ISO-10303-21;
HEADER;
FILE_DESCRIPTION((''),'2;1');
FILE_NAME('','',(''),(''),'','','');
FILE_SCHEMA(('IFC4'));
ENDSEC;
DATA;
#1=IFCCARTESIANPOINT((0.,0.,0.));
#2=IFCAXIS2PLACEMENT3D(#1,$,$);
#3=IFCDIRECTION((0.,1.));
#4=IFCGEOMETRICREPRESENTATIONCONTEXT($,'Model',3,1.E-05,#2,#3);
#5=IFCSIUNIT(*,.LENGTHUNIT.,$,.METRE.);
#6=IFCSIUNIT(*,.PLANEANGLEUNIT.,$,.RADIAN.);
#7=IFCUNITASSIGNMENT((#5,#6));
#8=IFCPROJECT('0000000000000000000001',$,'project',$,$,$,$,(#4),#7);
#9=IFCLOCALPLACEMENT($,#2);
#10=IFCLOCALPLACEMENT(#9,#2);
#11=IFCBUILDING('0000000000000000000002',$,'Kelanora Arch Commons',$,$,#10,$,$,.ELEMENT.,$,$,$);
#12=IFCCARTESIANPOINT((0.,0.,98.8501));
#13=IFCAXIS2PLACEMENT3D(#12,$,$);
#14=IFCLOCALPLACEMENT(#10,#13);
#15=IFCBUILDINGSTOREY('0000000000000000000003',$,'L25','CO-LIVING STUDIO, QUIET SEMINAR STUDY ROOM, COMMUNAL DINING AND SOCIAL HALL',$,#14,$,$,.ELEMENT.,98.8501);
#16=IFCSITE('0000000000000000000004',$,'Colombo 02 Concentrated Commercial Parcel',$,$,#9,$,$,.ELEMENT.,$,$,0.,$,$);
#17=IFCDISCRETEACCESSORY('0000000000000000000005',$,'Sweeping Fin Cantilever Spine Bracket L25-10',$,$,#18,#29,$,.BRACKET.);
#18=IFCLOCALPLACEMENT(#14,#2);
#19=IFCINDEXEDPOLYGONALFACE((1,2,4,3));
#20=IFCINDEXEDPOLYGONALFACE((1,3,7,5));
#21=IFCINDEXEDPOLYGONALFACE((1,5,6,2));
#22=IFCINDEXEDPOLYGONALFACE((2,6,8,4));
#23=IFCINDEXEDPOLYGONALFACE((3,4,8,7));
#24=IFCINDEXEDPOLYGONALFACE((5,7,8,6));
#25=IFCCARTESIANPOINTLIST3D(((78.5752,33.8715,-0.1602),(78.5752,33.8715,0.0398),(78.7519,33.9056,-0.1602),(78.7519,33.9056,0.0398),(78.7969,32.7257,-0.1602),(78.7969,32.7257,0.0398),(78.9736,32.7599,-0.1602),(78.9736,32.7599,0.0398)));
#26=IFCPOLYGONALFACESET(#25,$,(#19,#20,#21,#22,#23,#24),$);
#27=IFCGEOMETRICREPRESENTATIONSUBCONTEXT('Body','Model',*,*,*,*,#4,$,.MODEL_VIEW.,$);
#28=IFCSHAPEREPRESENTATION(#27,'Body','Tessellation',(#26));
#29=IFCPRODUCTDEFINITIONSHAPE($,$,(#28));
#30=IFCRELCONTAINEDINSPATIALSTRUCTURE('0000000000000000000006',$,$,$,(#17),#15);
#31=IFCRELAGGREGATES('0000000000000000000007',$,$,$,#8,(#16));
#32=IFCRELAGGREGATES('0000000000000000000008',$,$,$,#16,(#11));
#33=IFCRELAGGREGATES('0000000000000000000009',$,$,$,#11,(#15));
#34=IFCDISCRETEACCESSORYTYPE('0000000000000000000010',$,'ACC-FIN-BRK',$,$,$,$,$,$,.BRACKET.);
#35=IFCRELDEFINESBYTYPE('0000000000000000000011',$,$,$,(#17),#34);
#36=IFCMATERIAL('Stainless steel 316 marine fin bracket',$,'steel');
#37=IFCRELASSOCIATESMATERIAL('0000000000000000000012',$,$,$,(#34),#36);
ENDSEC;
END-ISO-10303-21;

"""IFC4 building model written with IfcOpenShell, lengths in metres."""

from ifc_helpers import new_model, si_unit, direction, frame, origin, origin_2d, place, context, subcontext, project, spatial, rectangle, extrude, source, transform, mapped, material, type_object, element, save


model = new_model("IFC4")

# Units and contexts
model_context = context("Model", 3, precision=1e-05, world=origin(), true_north=direction((0.0, 1.0)))
body_context = subcontext(model_context, "Body", "Model", "MODEL_VIEW")
ifc_project = project(units=[si_unit("LENGTHUNIT", "METRE"), si_unit("PLANEANGLEUNIT", "RADIAN")], contexts=[model_context])

# Site, building, storey
site_placement = place(None, origin())
site = spatial("IfcSite", under=ifc_project, at=site_placement, Name="Colombo 02 Concentrated Commercial Parcel", CompositionType="ELEMENT", RefElevation=0.0)
building_placement = place(site_placement, origin())
building = spatial("IfcBuilding", under=site, at=building_placement, Name="Kelanora Arch Commons", CompositionType="ELEMENT")
storey_placement = place(building_placement, frame((0.0, 0.0, 98.8501)))
storey = spatial("IfcBuildingStorey", under=building, at=storey_placement, Name="L25", Description="CO-LIVING STUDIO, QUIET SEMINAR STUDY ROOM, COMMUNAL DINING AND SOCIAL HALL", CompositionType="ELEMENT", Elevation=98.8501)

# Discrete accessory
ifc_material_1 = material(Name="Stainless steel 316 marine fin bracket", Category="steel")
discrete_accessory_type = type_object("IfcDiscreteAccessoryType", Name="ACC-FIN-BRK", PredefinedType="BRACKET", material=ifc_material_1)
shared_shape_1 = source(origin(), body_context, "Body", "SweptSolid", [
    extrude(rectangle(XDim=1.167, YDim=0.1799, at=origin_2d()), origin(), (0.0, 0.0, 1.0), 0.2),
])
discrete_accessory_placement = place(storey_placement, frame((78.7744, 33.3157, -0.1602), z_axis=(0.0, 0.0, 1.0), x_axis=(0.189952, -0.981793, 0.0)))
element("IfcDiscreteAccessory", 1, at=discrete_accessory_placement, inside=storey, type_object=discrete_accessory_type, Name="Sweeping Fin Cantilever Spine Bracket L25-10", PredefinedType="BRACKET", context=body_context, shape_type="MappedRepresentation", body=[
    mapped(shared_shape_1, transform((0.0, 0.0, 0.0), scale=1.0)),
])

save(model, "model.ifc")
